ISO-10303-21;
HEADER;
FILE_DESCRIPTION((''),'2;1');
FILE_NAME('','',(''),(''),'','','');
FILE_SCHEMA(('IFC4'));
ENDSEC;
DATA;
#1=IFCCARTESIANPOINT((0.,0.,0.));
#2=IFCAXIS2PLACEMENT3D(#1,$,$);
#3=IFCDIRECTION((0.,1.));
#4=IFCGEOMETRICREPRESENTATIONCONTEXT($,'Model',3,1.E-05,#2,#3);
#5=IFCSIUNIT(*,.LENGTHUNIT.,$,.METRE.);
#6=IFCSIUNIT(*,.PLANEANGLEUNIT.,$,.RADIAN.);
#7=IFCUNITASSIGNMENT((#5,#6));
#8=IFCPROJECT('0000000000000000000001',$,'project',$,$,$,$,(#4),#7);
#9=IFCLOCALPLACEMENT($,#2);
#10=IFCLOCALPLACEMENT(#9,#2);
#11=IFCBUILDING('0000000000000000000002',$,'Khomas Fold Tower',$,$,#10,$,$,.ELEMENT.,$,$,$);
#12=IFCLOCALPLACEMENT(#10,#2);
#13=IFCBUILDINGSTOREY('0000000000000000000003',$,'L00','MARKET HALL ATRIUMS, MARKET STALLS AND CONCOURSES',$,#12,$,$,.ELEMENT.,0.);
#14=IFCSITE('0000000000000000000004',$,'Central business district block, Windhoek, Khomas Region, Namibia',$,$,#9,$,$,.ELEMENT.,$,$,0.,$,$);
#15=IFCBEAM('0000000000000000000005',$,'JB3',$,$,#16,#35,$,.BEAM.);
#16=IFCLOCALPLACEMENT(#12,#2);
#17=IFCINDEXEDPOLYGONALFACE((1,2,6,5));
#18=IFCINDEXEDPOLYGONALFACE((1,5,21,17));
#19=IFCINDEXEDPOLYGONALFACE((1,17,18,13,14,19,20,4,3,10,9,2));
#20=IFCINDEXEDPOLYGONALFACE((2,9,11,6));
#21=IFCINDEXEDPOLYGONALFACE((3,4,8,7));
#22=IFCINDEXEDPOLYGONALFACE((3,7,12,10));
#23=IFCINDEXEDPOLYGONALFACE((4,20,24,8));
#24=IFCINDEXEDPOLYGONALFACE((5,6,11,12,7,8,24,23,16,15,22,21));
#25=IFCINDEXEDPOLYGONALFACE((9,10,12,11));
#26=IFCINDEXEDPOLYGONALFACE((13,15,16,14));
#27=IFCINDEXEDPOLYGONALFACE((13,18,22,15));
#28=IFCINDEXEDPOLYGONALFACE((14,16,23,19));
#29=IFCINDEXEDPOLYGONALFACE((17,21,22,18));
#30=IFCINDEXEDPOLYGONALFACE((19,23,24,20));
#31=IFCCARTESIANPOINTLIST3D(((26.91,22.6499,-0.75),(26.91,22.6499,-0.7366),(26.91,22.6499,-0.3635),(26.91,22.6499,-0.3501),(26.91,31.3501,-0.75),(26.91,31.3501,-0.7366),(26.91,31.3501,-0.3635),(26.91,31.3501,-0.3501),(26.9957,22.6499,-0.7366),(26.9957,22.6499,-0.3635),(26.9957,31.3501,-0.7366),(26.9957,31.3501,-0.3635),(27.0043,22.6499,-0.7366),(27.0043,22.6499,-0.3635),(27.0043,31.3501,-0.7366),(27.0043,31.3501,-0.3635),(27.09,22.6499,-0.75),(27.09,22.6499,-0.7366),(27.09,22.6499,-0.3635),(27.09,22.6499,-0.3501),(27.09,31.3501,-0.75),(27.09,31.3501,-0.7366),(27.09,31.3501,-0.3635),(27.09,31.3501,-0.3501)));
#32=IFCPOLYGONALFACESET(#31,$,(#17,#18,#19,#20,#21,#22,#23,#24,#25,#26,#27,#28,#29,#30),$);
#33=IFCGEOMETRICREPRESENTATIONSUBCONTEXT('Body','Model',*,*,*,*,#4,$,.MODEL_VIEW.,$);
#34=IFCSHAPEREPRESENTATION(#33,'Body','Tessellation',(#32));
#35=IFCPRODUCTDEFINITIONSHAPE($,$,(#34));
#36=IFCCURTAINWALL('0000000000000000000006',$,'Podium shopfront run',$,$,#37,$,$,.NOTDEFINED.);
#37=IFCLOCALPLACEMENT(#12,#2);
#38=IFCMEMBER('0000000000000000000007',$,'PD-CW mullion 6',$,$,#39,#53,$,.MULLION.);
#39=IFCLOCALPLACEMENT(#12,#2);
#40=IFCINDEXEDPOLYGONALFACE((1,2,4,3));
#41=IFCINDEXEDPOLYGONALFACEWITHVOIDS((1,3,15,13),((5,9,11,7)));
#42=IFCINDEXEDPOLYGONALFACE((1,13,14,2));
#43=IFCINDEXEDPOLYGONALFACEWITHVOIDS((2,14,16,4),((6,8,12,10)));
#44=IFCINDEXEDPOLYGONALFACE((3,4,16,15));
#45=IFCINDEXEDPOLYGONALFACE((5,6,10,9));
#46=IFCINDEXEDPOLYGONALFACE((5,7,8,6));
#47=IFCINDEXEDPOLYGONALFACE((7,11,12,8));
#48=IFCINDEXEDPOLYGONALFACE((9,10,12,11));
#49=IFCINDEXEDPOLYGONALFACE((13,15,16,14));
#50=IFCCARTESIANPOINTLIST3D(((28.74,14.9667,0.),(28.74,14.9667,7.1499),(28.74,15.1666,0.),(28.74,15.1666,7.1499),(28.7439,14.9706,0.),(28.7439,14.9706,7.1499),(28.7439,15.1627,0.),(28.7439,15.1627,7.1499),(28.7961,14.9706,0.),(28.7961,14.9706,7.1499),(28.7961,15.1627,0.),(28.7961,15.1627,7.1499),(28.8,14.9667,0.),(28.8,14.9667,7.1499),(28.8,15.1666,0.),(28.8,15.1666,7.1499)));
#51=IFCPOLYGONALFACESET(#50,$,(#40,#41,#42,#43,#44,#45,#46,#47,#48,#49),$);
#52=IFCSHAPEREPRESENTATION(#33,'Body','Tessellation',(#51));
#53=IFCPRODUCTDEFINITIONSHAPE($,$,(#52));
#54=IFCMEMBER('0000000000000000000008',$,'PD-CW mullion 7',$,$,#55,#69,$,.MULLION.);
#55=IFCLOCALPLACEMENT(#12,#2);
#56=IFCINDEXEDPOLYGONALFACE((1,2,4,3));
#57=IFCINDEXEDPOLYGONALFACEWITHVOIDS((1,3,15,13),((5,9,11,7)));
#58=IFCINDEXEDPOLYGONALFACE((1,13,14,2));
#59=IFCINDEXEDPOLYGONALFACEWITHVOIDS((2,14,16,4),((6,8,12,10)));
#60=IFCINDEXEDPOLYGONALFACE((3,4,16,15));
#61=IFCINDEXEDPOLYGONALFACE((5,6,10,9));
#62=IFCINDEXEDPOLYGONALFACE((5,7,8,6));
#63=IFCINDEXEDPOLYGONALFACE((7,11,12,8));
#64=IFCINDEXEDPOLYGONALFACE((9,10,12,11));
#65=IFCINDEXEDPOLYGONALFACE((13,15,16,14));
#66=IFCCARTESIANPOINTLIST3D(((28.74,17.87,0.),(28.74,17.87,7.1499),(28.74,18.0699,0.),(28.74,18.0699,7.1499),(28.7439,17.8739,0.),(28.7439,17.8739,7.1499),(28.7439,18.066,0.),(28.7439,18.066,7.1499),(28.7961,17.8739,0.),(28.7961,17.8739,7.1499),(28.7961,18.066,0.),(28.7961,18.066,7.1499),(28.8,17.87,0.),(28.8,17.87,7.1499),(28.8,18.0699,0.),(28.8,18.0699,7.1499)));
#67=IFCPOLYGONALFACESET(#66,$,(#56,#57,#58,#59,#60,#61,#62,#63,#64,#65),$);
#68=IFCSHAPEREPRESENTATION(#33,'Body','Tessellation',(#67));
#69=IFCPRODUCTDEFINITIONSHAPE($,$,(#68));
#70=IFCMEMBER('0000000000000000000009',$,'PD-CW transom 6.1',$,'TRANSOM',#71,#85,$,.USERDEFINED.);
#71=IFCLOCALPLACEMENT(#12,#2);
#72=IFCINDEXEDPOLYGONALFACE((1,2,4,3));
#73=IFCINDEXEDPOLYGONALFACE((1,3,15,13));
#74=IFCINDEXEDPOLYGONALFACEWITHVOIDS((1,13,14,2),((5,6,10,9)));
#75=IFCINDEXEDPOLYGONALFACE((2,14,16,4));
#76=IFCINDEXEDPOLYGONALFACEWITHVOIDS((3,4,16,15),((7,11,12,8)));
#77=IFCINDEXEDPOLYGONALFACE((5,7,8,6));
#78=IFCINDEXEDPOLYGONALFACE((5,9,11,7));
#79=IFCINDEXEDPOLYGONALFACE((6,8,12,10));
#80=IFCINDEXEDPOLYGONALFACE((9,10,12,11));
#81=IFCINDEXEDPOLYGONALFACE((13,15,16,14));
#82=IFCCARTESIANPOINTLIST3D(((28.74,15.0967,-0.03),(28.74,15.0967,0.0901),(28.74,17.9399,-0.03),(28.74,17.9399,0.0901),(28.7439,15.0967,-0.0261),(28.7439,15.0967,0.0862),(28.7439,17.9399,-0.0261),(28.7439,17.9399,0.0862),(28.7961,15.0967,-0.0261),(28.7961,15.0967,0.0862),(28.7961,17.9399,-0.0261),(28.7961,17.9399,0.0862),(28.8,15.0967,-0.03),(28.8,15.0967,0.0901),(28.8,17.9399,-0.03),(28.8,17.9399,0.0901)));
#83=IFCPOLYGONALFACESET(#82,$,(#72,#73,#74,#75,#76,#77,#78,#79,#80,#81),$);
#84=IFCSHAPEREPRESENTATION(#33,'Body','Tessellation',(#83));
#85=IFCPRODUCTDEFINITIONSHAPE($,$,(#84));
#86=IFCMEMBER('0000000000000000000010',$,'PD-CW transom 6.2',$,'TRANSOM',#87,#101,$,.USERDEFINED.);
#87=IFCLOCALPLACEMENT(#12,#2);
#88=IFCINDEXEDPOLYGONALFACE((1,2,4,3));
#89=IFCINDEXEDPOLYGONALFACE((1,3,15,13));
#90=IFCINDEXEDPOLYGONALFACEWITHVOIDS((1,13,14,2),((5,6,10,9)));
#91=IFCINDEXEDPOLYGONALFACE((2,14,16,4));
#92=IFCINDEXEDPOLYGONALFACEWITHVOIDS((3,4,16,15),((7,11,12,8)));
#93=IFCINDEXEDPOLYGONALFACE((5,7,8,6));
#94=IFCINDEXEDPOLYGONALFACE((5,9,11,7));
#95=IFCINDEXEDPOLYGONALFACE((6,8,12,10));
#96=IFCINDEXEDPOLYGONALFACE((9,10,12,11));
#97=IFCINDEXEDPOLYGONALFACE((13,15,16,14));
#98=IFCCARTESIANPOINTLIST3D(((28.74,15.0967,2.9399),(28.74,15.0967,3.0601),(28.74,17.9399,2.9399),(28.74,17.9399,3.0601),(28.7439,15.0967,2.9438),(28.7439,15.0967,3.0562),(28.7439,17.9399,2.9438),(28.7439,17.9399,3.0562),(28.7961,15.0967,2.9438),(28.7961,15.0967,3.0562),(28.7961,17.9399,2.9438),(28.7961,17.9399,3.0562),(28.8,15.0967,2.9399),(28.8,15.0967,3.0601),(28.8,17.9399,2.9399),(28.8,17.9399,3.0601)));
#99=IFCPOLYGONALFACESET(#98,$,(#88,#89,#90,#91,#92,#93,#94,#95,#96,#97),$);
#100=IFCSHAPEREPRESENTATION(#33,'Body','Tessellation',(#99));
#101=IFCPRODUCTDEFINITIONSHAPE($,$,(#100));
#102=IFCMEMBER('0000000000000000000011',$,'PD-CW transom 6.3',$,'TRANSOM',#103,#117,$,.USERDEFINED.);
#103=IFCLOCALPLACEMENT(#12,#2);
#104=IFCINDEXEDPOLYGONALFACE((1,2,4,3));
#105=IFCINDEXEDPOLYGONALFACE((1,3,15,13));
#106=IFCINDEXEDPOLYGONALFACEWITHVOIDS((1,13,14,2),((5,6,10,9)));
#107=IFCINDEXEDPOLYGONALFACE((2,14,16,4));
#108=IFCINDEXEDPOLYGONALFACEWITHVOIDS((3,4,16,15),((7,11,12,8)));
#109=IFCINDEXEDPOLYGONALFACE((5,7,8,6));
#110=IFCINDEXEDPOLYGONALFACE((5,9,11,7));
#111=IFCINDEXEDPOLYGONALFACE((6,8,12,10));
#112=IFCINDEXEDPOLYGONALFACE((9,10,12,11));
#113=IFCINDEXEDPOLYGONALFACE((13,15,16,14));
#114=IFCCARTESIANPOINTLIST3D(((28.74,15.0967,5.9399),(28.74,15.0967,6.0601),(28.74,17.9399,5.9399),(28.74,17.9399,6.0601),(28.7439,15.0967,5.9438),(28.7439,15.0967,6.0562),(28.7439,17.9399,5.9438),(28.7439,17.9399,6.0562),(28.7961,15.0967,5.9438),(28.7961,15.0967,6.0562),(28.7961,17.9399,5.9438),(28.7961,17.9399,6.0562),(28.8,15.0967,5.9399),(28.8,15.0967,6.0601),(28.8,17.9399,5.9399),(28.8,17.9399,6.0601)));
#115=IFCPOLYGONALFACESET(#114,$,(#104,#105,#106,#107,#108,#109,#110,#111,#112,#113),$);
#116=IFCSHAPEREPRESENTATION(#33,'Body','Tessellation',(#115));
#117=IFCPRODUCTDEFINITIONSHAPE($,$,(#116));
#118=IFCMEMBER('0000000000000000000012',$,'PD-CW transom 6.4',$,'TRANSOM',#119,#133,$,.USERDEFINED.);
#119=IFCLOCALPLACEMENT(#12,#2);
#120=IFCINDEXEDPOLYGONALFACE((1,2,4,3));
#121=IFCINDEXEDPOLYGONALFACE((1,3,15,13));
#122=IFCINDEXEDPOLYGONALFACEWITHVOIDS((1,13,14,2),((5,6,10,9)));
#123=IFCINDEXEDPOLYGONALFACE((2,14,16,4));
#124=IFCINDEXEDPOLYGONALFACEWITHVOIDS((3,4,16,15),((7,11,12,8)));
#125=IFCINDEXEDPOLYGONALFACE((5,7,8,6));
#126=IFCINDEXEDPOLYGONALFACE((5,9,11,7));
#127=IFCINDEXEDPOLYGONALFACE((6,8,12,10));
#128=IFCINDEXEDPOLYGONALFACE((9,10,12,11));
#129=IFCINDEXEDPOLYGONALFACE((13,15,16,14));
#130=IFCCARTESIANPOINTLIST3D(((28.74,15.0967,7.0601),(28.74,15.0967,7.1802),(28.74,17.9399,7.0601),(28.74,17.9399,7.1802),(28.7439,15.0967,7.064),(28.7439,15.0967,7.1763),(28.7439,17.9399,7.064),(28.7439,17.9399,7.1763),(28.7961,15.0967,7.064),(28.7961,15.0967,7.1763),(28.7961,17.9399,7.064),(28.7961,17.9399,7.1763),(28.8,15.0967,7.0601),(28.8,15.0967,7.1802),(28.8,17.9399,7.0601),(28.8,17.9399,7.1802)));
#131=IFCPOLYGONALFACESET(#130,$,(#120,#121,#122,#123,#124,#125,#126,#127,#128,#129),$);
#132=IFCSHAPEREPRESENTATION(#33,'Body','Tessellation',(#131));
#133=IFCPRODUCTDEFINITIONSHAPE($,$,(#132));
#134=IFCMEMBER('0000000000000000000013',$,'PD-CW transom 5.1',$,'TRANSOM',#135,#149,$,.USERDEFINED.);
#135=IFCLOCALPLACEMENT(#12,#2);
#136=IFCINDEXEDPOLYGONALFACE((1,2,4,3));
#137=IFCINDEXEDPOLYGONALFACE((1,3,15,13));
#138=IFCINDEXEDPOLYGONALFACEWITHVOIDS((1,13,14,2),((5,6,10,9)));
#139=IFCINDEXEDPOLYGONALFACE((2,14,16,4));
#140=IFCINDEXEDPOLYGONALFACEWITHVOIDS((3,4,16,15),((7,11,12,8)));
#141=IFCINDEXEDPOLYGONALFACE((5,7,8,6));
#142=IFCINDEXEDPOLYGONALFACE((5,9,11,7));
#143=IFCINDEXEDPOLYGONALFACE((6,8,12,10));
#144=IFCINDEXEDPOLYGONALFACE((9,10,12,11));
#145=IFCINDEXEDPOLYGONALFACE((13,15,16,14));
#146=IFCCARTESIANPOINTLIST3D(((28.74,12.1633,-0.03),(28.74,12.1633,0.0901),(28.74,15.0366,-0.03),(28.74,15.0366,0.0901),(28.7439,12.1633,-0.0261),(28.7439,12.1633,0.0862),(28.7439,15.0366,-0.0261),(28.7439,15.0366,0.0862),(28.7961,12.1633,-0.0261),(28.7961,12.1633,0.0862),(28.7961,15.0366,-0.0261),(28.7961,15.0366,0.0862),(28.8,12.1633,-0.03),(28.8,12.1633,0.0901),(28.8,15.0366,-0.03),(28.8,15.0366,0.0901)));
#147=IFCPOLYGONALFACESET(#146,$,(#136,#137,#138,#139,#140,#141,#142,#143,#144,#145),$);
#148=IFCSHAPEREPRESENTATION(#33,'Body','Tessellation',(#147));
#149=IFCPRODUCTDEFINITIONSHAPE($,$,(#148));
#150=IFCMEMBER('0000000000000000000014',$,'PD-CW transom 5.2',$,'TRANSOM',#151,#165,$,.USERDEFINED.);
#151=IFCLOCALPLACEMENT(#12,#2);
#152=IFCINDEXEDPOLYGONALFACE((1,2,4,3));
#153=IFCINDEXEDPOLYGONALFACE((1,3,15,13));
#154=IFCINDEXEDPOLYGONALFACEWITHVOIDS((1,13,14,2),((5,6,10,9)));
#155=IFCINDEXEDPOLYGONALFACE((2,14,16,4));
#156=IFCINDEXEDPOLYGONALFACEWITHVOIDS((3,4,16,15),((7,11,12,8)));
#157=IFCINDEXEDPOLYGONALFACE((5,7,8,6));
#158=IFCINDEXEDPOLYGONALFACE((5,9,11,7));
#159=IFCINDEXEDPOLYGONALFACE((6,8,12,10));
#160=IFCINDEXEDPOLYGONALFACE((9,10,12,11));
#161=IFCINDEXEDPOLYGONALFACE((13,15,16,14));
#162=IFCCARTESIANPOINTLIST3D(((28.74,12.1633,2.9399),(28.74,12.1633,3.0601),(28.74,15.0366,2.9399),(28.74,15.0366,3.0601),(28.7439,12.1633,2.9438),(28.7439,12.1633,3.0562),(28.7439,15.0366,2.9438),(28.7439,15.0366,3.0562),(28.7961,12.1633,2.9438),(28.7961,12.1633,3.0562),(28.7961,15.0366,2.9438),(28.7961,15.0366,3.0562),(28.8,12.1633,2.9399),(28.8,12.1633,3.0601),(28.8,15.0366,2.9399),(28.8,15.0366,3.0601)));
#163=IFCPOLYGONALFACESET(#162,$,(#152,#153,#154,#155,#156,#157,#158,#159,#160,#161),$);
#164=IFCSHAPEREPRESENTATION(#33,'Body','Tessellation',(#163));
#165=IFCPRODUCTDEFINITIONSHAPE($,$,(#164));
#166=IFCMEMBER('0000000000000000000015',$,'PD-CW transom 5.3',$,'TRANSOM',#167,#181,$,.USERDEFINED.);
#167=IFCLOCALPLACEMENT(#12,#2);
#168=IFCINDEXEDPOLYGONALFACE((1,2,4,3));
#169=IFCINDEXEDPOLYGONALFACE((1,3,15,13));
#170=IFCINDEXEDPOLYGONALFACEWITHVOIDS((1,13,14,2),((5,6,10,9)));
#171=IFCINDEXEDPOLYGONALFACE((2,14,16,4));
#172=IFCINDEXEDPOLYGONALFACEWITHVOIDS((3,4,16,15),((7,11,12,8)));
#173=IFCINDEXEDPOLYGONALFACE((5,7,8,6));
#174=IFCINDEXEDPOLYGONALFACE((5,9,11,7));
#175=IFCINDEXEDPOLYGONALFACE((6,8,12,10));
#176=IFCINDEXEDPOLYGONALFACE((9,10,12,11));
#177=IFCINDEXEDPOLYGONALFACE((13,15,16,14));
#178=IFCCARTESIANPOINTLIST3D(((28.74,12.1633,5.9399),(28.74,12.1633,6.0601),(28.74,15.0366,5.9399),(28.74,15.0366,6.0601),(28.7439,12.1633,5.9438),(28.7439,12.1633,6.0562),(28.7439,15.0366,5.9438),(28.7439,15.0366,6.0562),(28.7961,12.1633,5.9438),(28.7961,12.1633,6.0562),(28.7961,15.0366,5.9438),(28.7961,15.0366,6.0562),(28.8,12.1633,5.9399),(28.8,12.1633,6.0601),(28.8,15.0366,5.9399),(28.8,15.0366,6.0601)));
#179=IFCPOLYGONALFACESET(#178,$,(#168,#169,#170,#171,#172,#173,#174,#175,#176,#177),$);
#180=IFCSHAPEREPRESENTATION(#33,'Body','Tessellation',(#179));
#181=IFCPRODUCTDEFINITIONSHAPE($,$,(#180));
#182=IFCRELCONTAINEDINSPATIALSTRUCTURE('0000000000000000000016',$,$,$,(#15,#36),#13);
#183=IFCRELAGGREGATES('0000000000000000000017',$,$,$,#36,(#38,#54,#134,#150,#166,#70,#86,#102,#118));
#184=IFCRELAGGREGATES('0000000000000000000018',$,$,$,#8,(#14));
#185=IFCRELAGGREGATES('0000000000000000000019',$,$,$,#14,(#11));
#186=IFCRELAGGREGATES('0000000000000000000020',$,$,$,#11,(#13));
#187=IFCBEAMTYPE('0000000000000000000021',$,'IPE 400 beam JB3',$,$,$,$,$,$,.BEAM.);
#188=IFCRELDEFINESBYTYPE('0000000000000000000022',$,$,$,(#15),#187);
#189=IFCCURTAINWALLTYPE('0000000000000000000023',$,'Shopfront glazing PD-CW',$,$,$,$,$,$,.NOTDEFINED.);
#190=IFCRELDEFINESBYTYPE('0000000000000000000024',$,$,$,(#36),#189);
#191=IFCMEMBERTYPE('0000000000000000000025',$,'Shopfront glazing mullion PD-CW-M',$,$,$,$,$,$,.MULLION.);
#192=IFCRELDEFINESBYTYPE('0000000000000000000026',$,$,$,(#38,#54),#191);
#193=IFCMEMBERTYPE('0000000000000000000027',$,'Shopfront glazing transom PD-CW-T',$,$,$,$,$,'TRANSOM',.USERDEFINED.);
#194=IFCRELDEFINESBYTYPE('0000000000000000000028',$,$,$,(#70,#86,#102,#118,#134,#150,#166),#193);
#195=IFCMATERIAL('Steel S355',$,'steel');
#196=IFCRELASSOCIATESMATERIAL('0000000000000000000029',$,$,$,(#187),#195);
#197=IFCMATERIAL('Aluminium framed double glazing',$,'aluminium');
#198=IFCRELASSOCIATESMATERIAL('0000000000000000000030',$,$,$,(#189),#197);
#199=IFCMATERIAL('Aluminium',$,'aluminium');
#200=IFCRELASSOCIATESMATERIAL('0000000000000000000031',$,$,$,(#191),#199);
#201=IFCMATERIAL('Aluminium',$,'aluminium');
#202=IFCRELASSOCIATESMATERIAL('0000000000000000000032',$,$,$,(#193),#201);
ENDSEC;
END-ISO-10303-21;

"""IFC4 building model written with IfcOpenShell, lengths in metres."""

from ifc_helpers import new_model, si_unit, direction, frame, origin, origin_2d, place, context, subcontext, project, spatial, hollow_rectangle, i_section, extrude, source, transform, mapped, material, material_profile, profile_set, type_object, element, aggregate, save


model = new_model("IFC4")

# Units and contexts
model_context = context("Model", 3, precision=1e-05, world=origin(), true_north=direction((0.0, 1.0)))
body_context = subcontext(model_context, "Body", "Model", "MODEL_VIEW")
ifc_project = project(units=[si_unit("LENGTHUNIT", "METRE"), si_unit("PLANEANGLEUNIT", "RADIAN")], contexts=[model_context])

# Site, building, storey
site_placement = place(None, origin())
site = spatial("IfcSite", under=ifc_project, at=site_placement, Name="Central business district block, Windhoek, Khomas Region, Namibia", CompositionType="ELEMENT", RefElevation=0.0)
building_placement = place(site_placement, origin())
building = spatial("IfcBuilding", under=site, at=building_placement, Name="Khomas Fold Tower", CompositionType="ELEMENT")
storey_placement = place(building_placement, origin())
storey = spatial("IfcBuildingStorey", under=building, at=storey_placement, Name="L00", Description="MARKET HALL ATRIUMS, MARKET STALLS AND CONCOURSES", CompositionType="ELEMENT", Elevation=0.0)

# Beam
ifc_material_1 = material(Name="Steel S355", Category="steel")
ifc_material_profile_1 = material_profile(ifc_material_1, i_section(OverallWidth=0.1799, OverallDepth=0.3999, WebThickness=0.0085, FlangeThickness=0.0134, at=origin_2d()), Name="IPE 400")
ifc_profile_set_1 = profile_set([ifc_material_profile_1], Name="Steel S355")
beam_type = type_object("IfcBeamType", Name="IPE 400 beam JB3", PredefinedType="BEAM", material=ifc_profile_set_1)
shared_shape_1 = source(origin(), body_context, "Body", "SweptSolid", [
    extrude(i_section(OverallWidth=0.1799, OverallDepth=0.3999, WebThickness=0.0085, FlangeThickness=0.0134, at=origin_2d()), origin(), (0.0, 0.0, 1.0), 8.7002),
])
beam_placement = place(storey_placement, frame((27.0, 22.6499, -0.55), z_axis=(0.0, 1.0, 0.0), x_axis=(-1.0, 0.0, 0.0)))
element("IfcBeam", 1, at=beam_placement, inside=storey, type_object=beam_type, Name="JB3", PredefinedType="BEAM", context=body_context, shape_type="MappedRepresentation", body=[
    mapped(shared_shape_1, transform((0.0, 0.0, 0.0))),
])

# Curtain wall, members
ifc_material_2 = material(Name="Aluminium framed double glazing", Category="aluminium")
curtain_wall_type = type_object("IfcCurtainWallType", Name="Shopfront glazing PD-CW", PredefinedType="NOTDEFINED", material=ifc_material_2)
curtain_wall_placement = place(storey_placement, origin())
curtain_wall = element("IfcCurtainWall", 2, at=curtain_wall_placement, inside=storey, type_object=curtain_wall_type, Name="Podium shopfront run", PredefinedType="NOTDEFINED")
ifc_material_3 = material(Name="Aluminium", Category="aluminium")
ifc_material_profile_2 = material_profile(ifc_material_3, hollow_rectangle(XDim=0.0601, YDim=0.2, WallThickness=0.0039, at=origin_2d()), Name="Shopfront glazing mullion PD-CW-M")
ifc_profile_set_2 = profile_set([ifc_material_profile_2], Name="Aluminium")
member_type_1 = type_object("IfcMemberType", Name="Shopfront glazing mullion PD-CW-M", PredefinedType="MULLION", material=ifc_profile_set_2)
shared_shape_2 = source(origin(), body_context, "Body", "SweptSolid", [
    extrude(hollow_rectangle(XDim=0.0601, YDim=0.2, WallThickness=0.0039, at=origin_2d()), origin(), (0.0, 0.0, 1.0), 7.1499),
])
member_1_placement = place(storey_placement, frame((28.77, 15.0667, 0.0), z_axis=(0.0, 0.0, 1.0), x_axis=(-1.0, 0.0, 0.0)))
member_1 = element("IfcMember", 3, at=member_1_placement, type_object=member_type_1, Name="PD-CW mullion 6", PredefinedType="MULLION", context=body_context, shape_type="MappedRepresentation", body=[
    mapped(shared_shape_2, transform((0.0, 0.0, 0.0))),
])
member_2_placement = place(storey_placement, frame((28.77, 17.97, 0.0), z_axis=(0.0, 0.0, 1.0), x_axis=(-1.0, 0.0, 0.0)))
member_2 = element("IfcMember", 4, at=member_2_placement, type_object=member_type_1, Name="PD-CW mullion 7", PredefinedType="MULLION", context=body_context, shape_type="MappedRepresentation", body=[
    mapped(shared_shape_2, transform((0.0, 0.0, 0.0))),
])
ifc_material_4 = material(Name="Aluminium", Category="aluminium")
ifc_material_profile_3 = material_profile(ifc_material_4, hollow_rectangle(XDim=0.0601, YDim=0.1201, WallThickness=0.0039, at=origin_2d()), Name="Shopfront glazing transom PD-CW-T")
ifc_profile_set_3 = profile_set([ifc_material_profile_3], Name="Aluminium")
member_type_2 = type_object("IfcMemberType", Name="Shopfront glazing transom PD-CW-T", ElementType="TRANSOM", PredefinedType="USERDEFINED", material=ifc_profile_set_3)
shared_shape_3 = source(origin(), body_context, "Body", "SweptSolid", [
    extrude(hollow_rectangle(XDim=0.0601, YDim=0.1201, WallThickness=0.0039, at=origin_2d()), origin(), (0.0, 0.0, 1.0), 2.8433),
])
member_3_placement = place(storey_placement, frame((28.77, 15.0967, 0.03), z_axis=(0.0, 1.0, 0.0), x_axis=(-1.0, 0.0, 0.0)))
member_3 = element("IfcMember", 5, at=member_3_placement, type_object=member_type_2, Name="PD-CW transom 6.1", ObjectType="TRANSOM", PredefinedType="USERDEFINED", context=body_context, shape_type="MappedRepresentation", body=[
    mapped(shared_shape_3, transform((0.0, 0.0, 0.0))),
])
member_4_placement = place(storey_placement, frame((28.77, 15.0967, 3.0), z_axis=(0.0, 1.0, 0.0), x_axis=(-1.0, 0.0, 0.0)))
member_4 = element("IfcMember", 6, at=member_4_placement, type_object=member_type_2, Name="PD-CW transom 6.2", ObjectType="TRANSOM", PredefinedType="USERDEFINED", context=body_context, shape_type="MappedRepresentation", body=[
    mapped(shared_shape_3, transform((0.0, 0.0, 0.0))),
])
member_5_placement = place(storey_placement, frame((28.77, 15.0967, 6.0), z_axis=(0.0, 1.0, 0.0), x_axis=(-1.0, 0.0, 0.0)))
member_5 = element("IfcMember", 7, at=member_5_placement, type_object=member_type_2, Name="PD-CW transom 6.3", ObjectType="TRANSOM", PredefinedType="USERDEFINED", context=body_context, shape_type="MappedRepresentation", body=[
    mapped(shared_shape_3, transform((0.0, 0.0, 0.0))),
])
member_6_placement = place(storey_placement, frame((28.77, 15.0967, 7.1201), z_axis=(0.0, 1.0, 0.0), x_axis=(-1.0, 0.0, 0.0)))
member_6 = element("IfcMember", 8, at=member_6_placement, type_object=member_type_2, Name="PD-CW transom 6.4", ObjectType="TRANSOM", PredefinedType="USERDEFINED", context=body_context, shape_type="MappedRepresentation", body=[
    mapped(shared_shape_3, transform((0.0, 0.0, 0.0))),
])
shared_shape_4 = source(origin(), body_context, "Body", "SweptSolid", [
    extrude(hollow_rectangle(XDim=0.0601, YDim=0.1201, WallThickness=0.0039, at=origin_2d()), origin(), (0.0, 0.0, 1.0), 2.8733),
])
member_7_placement = place(storey_placement, frame((28.77, 12.1633, 0.03), z_axis=(0.0, 1.0, 0.0), x_axis=(-1.0, 0.0, 0.0)))
member_7 = element("IfcMember", 9, at=member_7_placement, type_object=member_type_2, Name="PD-CW transom 5.1", ObjectType="TRANSOM", PredefinedType="USERDEFINED", context=body_context, shape_type="MappedRepresentation", body=[
    mapped(shared_shape_4, transform((0.0, 0.0, 0.0))),
])
member_8_placement = place(storey_placement, frame((28.77, 12.1633, 3.0), z_axis=(0.0, 1.0, 0.0), x_axis=(-1.0, 0.0, 0.0)))
member_8 = element("IfcMember", 10, at=member_8_placement, type_object=member_type_2, Name="PD-CW transom 5.2", ObjectType="TRANSOM", PredefinedType="USERDEFINED", context=body_context, shape_type="MappedRepresentation", body=[
    mapped(shared_shape_4, transform((0.0, 0.0, 0.0))),
])
member_9_placement = place(storey_placement, frame((28.77, 12.1633, 6.0), z_axis=(0.0, 1.0, 0.0), x_axis=(-1.0, 0.0, 0.0)))
member_9 = element("IfcMember", 11, at=member_9_placement, type_object=member_type_2, Name="PD-CW transom 5.3", ObjectType="TRANSOM", PredefinedType="USERDEFINED", context=body_context, shape_type="MappedRepresentation", body=[
    mapped(shared_shape_4, transform((0.0, 0.0, 0.0))),
])
aggregate(curtain_wall, [member_1, member_2, member_7, member_8, member_9, member_3, member_4, member_5, member_6])

save(model, "model.ifc")
